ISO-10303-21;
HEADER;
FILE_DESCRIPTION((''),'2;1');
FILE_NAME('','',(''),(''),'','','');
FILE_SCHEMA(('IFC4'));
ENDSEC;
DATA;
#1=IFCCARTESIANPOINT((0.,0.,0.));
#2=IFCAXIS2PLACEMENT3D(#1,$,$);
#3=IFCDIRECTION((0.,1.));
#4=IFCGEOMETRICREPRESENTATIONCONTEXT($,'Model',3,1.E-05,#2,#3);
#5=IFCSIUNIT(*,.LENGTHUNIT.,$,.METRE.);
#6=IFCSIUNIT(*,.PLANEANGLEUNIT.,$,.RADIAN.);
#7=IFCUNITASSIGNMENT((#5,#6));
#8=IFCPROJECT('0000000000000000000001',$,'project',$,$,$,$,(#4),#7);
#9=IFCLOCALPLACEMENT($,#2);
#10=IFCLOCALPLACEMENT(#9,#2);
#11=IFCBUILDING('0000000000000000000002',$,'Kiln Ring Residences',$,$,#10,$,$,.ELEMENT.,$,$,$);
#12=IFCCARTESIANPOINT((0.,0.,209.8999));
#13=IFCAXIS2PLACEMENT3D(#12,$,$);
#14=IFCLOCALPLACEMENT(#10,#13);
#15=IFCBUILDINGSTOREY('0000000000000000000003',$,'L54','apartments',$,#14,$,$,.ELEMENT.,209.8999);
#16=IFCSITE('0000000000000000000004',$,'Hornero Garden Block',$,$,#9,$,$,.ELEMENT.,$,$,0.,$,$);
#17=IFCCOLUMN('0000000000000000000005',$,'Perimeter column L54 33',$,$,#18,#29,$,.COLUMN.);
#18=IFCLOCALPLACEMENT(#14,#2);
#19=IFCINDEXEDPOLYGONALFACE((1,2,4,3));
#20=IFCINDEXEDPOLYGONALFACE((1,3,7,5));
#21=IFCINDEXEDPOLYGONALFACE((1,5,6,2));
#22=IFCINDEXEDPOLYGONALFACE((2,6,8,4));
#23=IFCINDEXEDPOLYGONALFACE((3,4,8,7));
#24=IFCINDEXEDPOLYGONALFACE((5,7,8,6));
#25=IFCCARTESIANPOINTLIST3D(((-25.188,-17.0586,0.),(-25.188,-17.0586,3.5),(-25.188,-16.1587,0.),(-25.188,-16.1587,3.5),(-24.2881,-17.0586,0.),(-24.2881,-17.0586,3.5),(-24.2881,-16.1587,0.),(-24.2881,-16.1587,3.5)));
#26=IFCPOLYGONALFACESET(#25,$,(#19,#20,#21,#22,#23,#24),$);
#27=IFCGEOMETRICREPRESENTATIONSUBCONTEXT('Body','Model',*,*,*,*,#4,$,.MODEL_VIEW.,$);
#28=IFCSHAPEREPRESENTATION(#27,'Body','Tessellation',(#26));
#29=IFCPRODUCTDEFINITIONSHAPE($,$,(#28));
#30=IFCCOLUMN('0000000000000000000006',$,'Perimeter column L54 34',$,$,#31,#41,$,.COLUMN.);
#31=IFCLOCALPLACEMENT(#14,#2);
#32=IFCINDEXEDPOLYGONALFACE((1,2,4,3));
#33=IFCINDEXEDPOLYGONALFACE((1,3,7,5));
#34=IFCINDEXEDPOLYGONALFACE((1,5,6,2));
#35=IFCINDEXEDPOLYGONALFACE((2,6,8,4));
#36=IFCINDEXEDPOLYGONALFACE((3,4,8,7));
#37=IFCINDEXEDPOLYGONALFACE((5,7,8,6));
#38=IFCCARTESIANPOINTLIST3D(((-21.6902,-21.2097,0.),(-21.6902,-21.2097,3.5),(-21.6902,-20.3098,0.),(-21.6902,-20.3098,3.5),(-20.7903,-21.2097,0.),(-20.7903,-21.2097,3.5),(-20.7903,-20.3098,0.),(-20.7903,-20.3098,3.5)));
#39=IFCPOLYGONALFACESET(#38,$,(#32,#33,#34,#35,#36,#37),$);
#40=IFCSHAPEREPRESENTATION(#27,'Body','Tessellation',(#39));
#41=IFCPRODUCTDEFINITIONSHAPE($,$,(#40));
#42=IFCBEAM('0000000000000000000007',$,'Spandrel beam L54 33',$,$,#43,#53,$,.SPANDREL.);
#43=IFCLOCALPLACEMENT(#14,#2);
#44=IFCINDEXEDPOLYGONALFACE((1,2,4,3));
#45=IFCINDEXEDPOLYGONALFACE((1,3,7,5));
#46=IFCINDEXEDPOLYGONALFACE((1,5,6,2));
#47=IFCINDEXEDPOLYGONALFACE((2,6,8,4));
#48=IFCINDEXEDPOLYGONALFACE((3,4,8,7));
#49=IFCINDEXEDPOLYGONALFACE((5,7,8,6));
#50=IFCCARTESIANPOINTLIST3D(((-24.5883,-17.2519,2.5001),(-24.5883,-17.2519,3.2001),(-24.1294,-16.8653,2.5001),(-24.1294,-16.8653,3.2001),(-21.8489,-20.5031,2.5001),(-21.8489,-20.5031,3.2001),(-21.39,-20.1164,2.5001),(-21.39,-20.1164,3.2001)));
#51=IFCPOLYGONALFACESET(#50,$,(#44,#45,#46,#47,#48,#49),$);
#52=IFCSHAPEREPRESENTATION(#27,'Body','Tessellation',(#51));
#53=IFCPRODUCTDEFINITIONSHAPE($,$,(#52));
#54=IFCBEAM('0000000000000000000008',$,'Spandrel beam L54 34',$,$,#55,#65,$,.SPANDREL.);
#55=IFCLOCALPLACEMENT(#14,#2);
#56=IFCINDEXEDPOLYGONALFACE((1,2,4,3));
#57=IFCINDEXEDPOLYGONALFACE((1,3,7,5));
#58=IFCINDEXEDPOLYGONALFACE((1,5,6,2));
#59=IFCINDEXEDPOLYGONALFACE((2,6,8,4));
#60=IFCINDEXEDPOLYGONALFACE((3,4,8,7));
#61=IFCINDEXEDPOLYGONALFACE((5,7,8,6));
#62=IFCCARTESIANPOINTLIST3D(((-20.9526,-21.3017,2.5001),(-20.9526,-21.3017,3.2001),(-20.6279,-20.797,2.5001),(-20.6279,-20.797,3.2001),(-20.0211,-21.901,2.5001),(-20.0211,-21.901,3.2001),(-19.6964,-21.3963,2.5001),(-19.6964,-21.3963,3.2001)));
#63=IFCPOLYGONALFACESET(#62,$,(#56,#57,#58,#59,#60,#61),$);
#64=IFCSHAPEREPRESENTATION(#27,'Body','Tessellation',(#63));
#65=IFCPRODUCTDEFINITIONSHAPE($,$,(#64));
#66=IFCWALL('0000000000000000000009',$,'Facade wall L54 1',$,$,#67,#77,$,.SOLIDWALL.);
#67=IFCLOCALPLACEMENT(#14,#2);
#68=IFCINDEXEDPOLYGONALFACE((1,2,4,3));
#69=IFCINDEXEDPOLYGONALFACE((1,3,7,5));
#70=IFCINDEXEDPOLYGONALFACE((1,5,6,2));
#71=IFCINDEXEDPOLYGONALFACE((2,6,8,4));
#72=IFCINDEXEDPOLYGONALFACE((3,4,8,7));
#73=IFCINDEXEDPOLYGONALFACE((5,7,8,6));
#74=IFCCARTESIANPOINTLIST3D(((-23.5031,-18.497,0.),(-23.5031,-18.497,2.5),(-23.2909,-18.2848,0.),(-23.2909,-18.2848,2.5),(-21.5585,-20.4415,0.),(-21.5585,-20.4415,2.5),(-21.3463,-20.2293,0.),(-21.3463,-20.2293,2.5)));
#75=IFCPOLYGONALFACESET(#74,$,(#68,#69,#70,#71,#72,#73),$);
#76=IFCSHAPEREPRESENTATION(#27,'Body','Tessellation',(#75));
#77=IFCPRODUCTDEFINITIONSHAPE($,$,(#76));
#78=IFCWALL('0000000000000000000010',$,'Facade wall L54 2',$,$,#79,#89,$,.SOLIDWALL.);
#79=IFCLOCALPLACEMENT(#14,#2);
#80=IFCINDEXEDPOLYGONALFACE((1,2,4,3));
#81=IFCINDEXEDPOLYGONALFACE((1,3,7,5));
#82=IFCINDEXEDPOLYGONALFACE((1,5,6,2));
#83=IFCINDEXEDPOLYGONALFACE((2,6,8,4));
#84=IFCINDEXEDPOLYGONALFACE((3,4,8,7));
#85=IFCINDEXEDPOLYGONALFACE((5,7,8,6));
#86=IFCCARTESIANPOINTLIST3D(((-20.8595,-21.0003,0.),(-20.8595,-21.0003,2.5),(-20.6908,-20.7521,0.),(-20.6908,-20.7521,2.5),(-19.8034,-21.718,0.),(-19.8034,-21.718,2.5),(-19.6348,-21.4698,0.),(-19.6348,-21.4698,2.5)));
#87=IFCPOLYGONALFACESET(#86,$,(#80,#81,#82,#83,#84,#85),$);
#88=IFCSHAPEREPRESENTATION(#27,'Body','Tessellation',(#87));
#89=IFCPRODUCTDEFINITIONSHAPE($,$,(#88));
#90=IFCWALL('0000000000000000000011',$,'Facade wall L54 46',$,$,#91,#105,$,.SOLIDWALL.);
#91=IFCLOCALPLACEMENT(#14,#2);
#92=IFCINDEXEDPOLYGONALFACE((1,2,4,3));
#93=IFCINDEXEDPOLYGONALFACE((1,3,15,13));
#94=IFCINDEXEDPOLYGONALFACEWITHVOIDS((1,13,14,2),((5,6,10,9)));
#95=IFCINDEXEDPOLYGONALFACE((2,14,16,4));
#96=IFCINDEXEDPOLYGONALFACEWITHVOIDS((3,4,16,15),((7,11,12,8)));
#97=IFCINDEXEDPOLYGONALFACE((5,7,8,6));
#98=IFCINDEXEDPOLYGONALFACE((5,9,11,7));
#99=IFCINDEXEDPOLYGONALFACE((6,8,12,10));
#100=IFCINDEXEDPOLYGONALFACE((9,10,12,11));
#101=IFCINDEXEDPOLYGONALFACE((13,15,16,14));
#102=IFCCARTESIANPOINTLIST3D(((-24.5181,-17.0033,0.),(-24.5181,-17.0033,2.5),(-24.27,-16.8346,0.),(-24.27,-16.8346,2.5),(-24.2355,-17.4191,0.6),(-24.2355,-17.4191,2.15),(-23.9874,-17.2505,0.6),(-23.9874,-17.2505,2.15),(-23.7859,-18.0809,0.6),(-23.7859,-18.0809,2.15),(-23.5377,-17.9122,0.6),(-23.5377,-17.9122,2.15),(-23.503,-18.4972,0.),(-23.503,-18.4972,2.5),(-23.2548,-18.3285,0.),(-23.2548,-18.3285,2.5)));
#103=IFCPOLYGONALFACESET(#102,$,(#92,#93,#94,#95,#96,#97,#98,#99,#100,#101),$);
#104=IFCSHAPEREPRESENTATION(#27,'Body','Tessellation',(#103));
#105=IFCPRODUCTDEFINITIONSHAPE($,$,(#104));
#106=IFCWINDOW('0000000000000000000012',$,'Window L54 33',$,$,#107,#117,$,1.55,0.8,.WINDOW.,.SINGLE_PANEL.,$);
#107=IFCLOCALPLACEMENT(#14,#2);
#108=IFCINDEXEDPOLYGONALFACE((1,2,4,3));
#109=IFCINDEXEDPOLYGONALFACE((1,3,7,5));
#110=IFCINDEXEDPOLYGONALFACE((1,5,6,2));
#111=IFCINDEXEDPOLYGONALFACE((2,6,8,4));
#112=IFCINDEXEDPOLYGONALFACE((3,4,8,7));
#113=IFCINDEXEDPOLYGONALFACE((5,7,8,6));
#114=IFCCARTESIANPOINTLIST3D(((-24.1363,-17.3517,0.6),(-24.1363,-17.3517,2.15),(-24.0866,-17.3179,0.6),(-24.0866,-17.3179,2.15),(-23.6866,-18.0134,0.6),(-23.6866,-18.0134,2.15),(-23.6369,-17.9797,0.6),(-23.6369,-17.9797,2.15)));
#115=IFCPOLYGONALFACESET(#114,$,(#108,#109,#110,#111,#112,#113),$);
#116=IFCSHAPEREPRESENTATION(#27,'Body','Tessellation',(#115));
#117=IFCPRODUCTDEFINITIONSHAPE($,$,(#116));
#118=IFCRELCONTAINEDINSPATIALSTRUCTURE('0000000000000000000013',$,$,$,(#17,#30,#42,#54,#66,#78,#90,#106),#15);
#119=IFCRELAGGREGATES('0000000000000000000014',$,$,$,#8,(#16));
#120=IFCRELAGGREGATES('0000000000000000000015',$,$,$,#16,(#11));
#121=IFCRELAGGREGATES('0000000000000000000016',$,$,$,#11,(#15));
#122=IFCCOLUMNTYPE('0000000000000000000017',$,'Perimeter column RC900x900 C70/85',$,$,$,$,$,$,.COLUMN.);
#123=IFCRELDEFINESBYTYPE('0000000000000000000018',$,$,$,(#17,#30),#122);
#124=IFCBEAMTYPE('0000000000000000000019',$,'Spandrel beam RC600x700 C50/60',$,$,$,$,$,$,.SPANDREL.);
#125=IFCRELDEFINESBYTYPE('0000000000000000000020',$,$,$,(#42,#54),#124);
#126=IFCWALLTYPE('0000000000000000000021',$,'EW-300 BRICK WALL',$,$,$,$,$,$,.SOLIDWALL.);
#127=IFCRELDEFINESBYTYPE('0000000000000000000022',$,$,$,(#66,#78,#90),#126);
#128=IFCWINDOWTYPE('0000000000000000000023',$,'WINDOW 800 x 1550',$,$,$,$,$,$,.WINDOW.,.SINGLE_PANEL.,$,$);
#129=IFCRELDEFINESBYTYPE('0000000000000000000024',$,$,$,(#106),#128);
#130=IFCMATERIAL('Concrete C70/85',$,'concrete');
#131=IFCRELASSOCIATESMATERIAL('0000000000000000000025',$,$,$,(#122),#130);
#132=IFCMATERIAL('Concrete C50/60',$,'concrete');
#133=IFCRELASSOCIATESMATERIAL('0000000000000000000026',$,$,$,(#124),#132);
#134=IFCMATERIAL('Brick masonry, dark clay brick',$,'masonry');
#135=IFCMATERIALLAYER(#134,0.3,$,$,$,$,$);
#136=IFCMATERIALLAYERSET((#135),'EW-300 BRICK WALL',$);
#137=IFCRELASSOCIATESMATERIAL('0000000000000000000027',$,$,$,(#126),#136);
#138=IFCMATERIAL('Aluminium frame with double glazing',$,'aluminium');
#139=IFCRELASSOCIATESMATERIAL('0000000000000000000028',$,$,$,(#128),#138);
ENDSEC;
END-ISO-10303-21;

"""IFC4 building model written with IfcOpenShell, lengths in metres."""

from ifc_helpers import new_model, si_unit, direction, frame, frame_2d, origin, origin_2d, place, context, subcontext, project, spatial, rectangle, extrude, material, layer, layer_set, material_profile, profile_set, type_object, element, fill, save


model = new_model("IFC4")

# Units and contexts
model_context = context("Model", 3, precision=1e-05, world=origin(), true_north=direction((0.0, 1.0)))
body_context = subcontext(model_context, "Body", "Model", "MODEL_VIEW")
ifc_project = project(units=[si_unit("LENGTHUNIT", "METRE"), si_unit("PLANEANGLEUNIT", "RADIAN")], contexts=[model_context])

# Site, building, storey
site_placement = place(None, origin())
site = spatial("IfcSite", under=ifc_project, at=site_placement, Name="Hornero Garden Block", CompositionType="ELEMENT", RefElevation=0.0)
building_placement = place(site_placement, origin())
building = spatial("IfcBuilding", under=site, at=building_placement, Name="Kiln Ring Residences", CompositionType="ELEMENT")
storey_placement = place(building_placement, frame((0.0, 0.0, 209.8999)))
storey = spatial("IfcBuildingStorey", under=building, at=storey_placement, Name="L54", Description="apartments", CompositionType="ELEMENT", Elevation=209.8999)

# Columns
ifc_material_1 = material(Name="Concrete C70/85", Category="concrete")
ifc_material_profile_1 = material_profile(ifc_material_1, rectangle(XDim=0.8999, YDim=0.8999, at=origin_2d()), Name="RC900x900")
ifc_profile_set_1 = profile_set([ifc_material_profile_1], Name="Concrete C70/85")
column_type = type_object("IfcColumnType", Name="Perimeter column RC900x900 C70/85", PredefinedType="COLUMN", material=ifc_profile_set_1)
for number, where, z_axis, x_axis, name in (
    (1, (-24.738, -16.6086, 0.0), (0.0, 0.0, 1.0), (1.0, 0.0, 0.0), "Perimeter column L54 33"),
    (2, (-21.2402, -20.7598, 0.0), (0.0, 0.0, 1.0), (1.0, 0.0, 0.0), "Perimeter column L54 34"),
):
    element("IfcColumn", number, at=place(storey_placement, frame(where, z_axis=z_axis, x_axis=x_axis)), inside=storey, type_object=column_type, Name=name, PredefinedType="COLUMN", context=body_context, shape_type="SweptSolid", body=[
        extrude(rectangle(XDim=0.8999, YDim=0.8999, at=origin_2d()), origin(), (0.0, 0.0, 1.0), 3.5),
    ])

# Beams
ifc_material_2 = material(Name="Concrete C50/60", Category="concrete")
ifc_material_profile_2 = material_profile(ifc_material_2, rectangle(XDim=0.6001, YDim=0.7, at=origin_2d()), Name="RC600x700")
ifc_profile_set_2 = profile_set([ifc_material_profile_2], Name="Concrete C50/60")
beam_type = type_object("IfcBeamType", Name="Spandrel beam RC600x700 C50/60", PredefinedType="SPANDREL", material=ifc_profile_set_2)
beam_1_placement = place(storey_placement, frame((-24.3589, -17.0586, 2.8501), z_axis=(0.64436, -0.764722, 0.0), x_axis=(0.764722, 0.64436, 0.0)))
element("IfcBeam", 3, at=beam_1_placement, inside=storey, type_object=beam_type, Name="Spandrel beam L54 33", PredefinedType="SPANDREL", context=body_context, shape_type="SweptSolid", body=[
    extrude(rectangle(XDim=0.6001, YDim=0.7, at=origin_2d()), origin(), (0.0, 0.0, 1.0), 4.2515),
])
beam_2_placement = place(storey_placement, frame((-20.7903, -21.0493, 2.8501), z_axis=(0.840992, -0.541047, 0.0), x_axis=(0.541047, 0.840992, 0.0)))
element("IfcBeam", 4, at=beam_2_placement, inside=storey, type_object=beam_type, Name="Spandrel beam L54 34", PredefinedType="SPANDREL", context=body_context, shape_type="SweptSolid", body=[
    extrude(rectangle(XDim=0.6001, YDim=0.7, at=origin_2d()), origin(), (0.0, 0.0, 1.0), 1.1077),
])

# Walls
ifc_material_3 = material(Name="Brick masonry, dark clay brick", Category="masonry")
ifc_layer_1 = layer(ifc_material_3, 0.3)
ifc_layer_set_1 = layer_set([ifc_layer_1], Name="EW-300 BRICK WALL")
wall_type_1 = type_object("IfcWallType", Name="EW-300 BRICK WALL", PredefinedType="SOLIDWALL", material=ifc_layer_set_1)
wall_1_placement = place(storey_placement, frame((-23.397, -18.3909, 0.0), z_axis=(0.0, 0.0, 1.0), x_axis=(0.707107, -0.707107, 0.0)))
element("IfcWall", 5, at=wall_1_placement, inside=storey, type_object=wall_type_1, Name="Facade wall L54 1", PredefinedType="SOLIDWALL", context=body_context, shape_type="SweptSolid", body=[
    extrude(rectangle(XDim=2.75, YDim=0.3, at=frame_2d((1.375, 0.0))), origin(), (0.0, 0.0, 1.0), 2.5),
])
wall_2_placement = place(storey_placement, frame((-20.7751, -20.8762, 0.0), z_axis=(0.0, 0.0, 1.0), x_axis=(0.827076, -0.56209, 0.0)))
element("IfcWall", 6, at=wall_2_placement, inside=storey, type_object=wall_type_1, Name="Facade wall L54 2", PredefinedType="SOLIDWALL", context=body_context, shape_type="SweptSolid", body=[
    extrude(rectangle(XDim=1.2769, YDim=0.3, at=frame_2d((0.6384, 0.0))), origin(), (0.0, 0.0, 1.0), 2.5),
])

# Wall, opening, window
wall_3_placement = place(storey_placement, frame((-24.394, -16.9189, 0.0), z_axis=(0.0, 0.0, 1.0), x_axis=(0.56204, -0.82711, 0.0)))
wall_3 = element("IfcWall", 7, at=wall_3_placement, inside=storey, type_object=wall_type_1, Name="Facade wall L54 46", PredefinedType="SOLIDWALL", context=body_context, shape_type="SweptSolid", body=[
    extrude(rectangle(XDim=1.8062, YDim=0.3, at=frame_2d((0.9031, 0.0))), origin(), (0.0, 0.0, 1.0), 2.5),
])
opening_1_placement = place(wall_3_placement, frame((0.5029, 0.0, 0.6001)))
opening_1 = element("IfcOpeningElement", 8, at=opening_1_placement, cuts=wall_3, PredefinedType="OPENING", context=body_context, shape_type="SweptSolid", body=[
    extrude(rectangle(XDim=0.8, YDim=1.55, at=frame_2d((0.3999, 0.7749))), frame((0.0, 0.1599, 0.0), z_axis=(0.0, -1.0, 0.0), x_axis=(1.0, 0.0, 0.0)), (0.0, 0.0, 1.0), 0.3201),
])
ifc_material_4 = material(Name="Aluminium frame with double glazing", Category="aluminium")
window_type = type_object("IfcWindowType", Name="WINDOW 800 x 1550", PartitioningType="SINGLE_PANEL", PredefinedType="WINDOW", material=ifc_material_4)
window_placement = place(opening_1_placement, origin())
window = element("IfcWindow", 9, at=window_placement, inside=storey, type_object=window_type, Name="Window L54 33", OverallHeight=1.55, OverallWidth=0.8, PartitioningType="SINGLE_PANEL", PredefinedType="WINDOW", context=body_context, shape_type="SweptSolid", body=[
    extrude(rectangle(XDim=0.8, YDim=1.55, at=frame_2d((0.3999, 0.7749))), frame((0.0, 0.03, 0.0), z_axis=(0.0, -1.0, 0.0), x_axis=(1.0, 0.0, 0.0)), (0.0, 0.0, 1.0), 0.0601),
])
fill(opening_1, window)

save(model, "model.ifc")
